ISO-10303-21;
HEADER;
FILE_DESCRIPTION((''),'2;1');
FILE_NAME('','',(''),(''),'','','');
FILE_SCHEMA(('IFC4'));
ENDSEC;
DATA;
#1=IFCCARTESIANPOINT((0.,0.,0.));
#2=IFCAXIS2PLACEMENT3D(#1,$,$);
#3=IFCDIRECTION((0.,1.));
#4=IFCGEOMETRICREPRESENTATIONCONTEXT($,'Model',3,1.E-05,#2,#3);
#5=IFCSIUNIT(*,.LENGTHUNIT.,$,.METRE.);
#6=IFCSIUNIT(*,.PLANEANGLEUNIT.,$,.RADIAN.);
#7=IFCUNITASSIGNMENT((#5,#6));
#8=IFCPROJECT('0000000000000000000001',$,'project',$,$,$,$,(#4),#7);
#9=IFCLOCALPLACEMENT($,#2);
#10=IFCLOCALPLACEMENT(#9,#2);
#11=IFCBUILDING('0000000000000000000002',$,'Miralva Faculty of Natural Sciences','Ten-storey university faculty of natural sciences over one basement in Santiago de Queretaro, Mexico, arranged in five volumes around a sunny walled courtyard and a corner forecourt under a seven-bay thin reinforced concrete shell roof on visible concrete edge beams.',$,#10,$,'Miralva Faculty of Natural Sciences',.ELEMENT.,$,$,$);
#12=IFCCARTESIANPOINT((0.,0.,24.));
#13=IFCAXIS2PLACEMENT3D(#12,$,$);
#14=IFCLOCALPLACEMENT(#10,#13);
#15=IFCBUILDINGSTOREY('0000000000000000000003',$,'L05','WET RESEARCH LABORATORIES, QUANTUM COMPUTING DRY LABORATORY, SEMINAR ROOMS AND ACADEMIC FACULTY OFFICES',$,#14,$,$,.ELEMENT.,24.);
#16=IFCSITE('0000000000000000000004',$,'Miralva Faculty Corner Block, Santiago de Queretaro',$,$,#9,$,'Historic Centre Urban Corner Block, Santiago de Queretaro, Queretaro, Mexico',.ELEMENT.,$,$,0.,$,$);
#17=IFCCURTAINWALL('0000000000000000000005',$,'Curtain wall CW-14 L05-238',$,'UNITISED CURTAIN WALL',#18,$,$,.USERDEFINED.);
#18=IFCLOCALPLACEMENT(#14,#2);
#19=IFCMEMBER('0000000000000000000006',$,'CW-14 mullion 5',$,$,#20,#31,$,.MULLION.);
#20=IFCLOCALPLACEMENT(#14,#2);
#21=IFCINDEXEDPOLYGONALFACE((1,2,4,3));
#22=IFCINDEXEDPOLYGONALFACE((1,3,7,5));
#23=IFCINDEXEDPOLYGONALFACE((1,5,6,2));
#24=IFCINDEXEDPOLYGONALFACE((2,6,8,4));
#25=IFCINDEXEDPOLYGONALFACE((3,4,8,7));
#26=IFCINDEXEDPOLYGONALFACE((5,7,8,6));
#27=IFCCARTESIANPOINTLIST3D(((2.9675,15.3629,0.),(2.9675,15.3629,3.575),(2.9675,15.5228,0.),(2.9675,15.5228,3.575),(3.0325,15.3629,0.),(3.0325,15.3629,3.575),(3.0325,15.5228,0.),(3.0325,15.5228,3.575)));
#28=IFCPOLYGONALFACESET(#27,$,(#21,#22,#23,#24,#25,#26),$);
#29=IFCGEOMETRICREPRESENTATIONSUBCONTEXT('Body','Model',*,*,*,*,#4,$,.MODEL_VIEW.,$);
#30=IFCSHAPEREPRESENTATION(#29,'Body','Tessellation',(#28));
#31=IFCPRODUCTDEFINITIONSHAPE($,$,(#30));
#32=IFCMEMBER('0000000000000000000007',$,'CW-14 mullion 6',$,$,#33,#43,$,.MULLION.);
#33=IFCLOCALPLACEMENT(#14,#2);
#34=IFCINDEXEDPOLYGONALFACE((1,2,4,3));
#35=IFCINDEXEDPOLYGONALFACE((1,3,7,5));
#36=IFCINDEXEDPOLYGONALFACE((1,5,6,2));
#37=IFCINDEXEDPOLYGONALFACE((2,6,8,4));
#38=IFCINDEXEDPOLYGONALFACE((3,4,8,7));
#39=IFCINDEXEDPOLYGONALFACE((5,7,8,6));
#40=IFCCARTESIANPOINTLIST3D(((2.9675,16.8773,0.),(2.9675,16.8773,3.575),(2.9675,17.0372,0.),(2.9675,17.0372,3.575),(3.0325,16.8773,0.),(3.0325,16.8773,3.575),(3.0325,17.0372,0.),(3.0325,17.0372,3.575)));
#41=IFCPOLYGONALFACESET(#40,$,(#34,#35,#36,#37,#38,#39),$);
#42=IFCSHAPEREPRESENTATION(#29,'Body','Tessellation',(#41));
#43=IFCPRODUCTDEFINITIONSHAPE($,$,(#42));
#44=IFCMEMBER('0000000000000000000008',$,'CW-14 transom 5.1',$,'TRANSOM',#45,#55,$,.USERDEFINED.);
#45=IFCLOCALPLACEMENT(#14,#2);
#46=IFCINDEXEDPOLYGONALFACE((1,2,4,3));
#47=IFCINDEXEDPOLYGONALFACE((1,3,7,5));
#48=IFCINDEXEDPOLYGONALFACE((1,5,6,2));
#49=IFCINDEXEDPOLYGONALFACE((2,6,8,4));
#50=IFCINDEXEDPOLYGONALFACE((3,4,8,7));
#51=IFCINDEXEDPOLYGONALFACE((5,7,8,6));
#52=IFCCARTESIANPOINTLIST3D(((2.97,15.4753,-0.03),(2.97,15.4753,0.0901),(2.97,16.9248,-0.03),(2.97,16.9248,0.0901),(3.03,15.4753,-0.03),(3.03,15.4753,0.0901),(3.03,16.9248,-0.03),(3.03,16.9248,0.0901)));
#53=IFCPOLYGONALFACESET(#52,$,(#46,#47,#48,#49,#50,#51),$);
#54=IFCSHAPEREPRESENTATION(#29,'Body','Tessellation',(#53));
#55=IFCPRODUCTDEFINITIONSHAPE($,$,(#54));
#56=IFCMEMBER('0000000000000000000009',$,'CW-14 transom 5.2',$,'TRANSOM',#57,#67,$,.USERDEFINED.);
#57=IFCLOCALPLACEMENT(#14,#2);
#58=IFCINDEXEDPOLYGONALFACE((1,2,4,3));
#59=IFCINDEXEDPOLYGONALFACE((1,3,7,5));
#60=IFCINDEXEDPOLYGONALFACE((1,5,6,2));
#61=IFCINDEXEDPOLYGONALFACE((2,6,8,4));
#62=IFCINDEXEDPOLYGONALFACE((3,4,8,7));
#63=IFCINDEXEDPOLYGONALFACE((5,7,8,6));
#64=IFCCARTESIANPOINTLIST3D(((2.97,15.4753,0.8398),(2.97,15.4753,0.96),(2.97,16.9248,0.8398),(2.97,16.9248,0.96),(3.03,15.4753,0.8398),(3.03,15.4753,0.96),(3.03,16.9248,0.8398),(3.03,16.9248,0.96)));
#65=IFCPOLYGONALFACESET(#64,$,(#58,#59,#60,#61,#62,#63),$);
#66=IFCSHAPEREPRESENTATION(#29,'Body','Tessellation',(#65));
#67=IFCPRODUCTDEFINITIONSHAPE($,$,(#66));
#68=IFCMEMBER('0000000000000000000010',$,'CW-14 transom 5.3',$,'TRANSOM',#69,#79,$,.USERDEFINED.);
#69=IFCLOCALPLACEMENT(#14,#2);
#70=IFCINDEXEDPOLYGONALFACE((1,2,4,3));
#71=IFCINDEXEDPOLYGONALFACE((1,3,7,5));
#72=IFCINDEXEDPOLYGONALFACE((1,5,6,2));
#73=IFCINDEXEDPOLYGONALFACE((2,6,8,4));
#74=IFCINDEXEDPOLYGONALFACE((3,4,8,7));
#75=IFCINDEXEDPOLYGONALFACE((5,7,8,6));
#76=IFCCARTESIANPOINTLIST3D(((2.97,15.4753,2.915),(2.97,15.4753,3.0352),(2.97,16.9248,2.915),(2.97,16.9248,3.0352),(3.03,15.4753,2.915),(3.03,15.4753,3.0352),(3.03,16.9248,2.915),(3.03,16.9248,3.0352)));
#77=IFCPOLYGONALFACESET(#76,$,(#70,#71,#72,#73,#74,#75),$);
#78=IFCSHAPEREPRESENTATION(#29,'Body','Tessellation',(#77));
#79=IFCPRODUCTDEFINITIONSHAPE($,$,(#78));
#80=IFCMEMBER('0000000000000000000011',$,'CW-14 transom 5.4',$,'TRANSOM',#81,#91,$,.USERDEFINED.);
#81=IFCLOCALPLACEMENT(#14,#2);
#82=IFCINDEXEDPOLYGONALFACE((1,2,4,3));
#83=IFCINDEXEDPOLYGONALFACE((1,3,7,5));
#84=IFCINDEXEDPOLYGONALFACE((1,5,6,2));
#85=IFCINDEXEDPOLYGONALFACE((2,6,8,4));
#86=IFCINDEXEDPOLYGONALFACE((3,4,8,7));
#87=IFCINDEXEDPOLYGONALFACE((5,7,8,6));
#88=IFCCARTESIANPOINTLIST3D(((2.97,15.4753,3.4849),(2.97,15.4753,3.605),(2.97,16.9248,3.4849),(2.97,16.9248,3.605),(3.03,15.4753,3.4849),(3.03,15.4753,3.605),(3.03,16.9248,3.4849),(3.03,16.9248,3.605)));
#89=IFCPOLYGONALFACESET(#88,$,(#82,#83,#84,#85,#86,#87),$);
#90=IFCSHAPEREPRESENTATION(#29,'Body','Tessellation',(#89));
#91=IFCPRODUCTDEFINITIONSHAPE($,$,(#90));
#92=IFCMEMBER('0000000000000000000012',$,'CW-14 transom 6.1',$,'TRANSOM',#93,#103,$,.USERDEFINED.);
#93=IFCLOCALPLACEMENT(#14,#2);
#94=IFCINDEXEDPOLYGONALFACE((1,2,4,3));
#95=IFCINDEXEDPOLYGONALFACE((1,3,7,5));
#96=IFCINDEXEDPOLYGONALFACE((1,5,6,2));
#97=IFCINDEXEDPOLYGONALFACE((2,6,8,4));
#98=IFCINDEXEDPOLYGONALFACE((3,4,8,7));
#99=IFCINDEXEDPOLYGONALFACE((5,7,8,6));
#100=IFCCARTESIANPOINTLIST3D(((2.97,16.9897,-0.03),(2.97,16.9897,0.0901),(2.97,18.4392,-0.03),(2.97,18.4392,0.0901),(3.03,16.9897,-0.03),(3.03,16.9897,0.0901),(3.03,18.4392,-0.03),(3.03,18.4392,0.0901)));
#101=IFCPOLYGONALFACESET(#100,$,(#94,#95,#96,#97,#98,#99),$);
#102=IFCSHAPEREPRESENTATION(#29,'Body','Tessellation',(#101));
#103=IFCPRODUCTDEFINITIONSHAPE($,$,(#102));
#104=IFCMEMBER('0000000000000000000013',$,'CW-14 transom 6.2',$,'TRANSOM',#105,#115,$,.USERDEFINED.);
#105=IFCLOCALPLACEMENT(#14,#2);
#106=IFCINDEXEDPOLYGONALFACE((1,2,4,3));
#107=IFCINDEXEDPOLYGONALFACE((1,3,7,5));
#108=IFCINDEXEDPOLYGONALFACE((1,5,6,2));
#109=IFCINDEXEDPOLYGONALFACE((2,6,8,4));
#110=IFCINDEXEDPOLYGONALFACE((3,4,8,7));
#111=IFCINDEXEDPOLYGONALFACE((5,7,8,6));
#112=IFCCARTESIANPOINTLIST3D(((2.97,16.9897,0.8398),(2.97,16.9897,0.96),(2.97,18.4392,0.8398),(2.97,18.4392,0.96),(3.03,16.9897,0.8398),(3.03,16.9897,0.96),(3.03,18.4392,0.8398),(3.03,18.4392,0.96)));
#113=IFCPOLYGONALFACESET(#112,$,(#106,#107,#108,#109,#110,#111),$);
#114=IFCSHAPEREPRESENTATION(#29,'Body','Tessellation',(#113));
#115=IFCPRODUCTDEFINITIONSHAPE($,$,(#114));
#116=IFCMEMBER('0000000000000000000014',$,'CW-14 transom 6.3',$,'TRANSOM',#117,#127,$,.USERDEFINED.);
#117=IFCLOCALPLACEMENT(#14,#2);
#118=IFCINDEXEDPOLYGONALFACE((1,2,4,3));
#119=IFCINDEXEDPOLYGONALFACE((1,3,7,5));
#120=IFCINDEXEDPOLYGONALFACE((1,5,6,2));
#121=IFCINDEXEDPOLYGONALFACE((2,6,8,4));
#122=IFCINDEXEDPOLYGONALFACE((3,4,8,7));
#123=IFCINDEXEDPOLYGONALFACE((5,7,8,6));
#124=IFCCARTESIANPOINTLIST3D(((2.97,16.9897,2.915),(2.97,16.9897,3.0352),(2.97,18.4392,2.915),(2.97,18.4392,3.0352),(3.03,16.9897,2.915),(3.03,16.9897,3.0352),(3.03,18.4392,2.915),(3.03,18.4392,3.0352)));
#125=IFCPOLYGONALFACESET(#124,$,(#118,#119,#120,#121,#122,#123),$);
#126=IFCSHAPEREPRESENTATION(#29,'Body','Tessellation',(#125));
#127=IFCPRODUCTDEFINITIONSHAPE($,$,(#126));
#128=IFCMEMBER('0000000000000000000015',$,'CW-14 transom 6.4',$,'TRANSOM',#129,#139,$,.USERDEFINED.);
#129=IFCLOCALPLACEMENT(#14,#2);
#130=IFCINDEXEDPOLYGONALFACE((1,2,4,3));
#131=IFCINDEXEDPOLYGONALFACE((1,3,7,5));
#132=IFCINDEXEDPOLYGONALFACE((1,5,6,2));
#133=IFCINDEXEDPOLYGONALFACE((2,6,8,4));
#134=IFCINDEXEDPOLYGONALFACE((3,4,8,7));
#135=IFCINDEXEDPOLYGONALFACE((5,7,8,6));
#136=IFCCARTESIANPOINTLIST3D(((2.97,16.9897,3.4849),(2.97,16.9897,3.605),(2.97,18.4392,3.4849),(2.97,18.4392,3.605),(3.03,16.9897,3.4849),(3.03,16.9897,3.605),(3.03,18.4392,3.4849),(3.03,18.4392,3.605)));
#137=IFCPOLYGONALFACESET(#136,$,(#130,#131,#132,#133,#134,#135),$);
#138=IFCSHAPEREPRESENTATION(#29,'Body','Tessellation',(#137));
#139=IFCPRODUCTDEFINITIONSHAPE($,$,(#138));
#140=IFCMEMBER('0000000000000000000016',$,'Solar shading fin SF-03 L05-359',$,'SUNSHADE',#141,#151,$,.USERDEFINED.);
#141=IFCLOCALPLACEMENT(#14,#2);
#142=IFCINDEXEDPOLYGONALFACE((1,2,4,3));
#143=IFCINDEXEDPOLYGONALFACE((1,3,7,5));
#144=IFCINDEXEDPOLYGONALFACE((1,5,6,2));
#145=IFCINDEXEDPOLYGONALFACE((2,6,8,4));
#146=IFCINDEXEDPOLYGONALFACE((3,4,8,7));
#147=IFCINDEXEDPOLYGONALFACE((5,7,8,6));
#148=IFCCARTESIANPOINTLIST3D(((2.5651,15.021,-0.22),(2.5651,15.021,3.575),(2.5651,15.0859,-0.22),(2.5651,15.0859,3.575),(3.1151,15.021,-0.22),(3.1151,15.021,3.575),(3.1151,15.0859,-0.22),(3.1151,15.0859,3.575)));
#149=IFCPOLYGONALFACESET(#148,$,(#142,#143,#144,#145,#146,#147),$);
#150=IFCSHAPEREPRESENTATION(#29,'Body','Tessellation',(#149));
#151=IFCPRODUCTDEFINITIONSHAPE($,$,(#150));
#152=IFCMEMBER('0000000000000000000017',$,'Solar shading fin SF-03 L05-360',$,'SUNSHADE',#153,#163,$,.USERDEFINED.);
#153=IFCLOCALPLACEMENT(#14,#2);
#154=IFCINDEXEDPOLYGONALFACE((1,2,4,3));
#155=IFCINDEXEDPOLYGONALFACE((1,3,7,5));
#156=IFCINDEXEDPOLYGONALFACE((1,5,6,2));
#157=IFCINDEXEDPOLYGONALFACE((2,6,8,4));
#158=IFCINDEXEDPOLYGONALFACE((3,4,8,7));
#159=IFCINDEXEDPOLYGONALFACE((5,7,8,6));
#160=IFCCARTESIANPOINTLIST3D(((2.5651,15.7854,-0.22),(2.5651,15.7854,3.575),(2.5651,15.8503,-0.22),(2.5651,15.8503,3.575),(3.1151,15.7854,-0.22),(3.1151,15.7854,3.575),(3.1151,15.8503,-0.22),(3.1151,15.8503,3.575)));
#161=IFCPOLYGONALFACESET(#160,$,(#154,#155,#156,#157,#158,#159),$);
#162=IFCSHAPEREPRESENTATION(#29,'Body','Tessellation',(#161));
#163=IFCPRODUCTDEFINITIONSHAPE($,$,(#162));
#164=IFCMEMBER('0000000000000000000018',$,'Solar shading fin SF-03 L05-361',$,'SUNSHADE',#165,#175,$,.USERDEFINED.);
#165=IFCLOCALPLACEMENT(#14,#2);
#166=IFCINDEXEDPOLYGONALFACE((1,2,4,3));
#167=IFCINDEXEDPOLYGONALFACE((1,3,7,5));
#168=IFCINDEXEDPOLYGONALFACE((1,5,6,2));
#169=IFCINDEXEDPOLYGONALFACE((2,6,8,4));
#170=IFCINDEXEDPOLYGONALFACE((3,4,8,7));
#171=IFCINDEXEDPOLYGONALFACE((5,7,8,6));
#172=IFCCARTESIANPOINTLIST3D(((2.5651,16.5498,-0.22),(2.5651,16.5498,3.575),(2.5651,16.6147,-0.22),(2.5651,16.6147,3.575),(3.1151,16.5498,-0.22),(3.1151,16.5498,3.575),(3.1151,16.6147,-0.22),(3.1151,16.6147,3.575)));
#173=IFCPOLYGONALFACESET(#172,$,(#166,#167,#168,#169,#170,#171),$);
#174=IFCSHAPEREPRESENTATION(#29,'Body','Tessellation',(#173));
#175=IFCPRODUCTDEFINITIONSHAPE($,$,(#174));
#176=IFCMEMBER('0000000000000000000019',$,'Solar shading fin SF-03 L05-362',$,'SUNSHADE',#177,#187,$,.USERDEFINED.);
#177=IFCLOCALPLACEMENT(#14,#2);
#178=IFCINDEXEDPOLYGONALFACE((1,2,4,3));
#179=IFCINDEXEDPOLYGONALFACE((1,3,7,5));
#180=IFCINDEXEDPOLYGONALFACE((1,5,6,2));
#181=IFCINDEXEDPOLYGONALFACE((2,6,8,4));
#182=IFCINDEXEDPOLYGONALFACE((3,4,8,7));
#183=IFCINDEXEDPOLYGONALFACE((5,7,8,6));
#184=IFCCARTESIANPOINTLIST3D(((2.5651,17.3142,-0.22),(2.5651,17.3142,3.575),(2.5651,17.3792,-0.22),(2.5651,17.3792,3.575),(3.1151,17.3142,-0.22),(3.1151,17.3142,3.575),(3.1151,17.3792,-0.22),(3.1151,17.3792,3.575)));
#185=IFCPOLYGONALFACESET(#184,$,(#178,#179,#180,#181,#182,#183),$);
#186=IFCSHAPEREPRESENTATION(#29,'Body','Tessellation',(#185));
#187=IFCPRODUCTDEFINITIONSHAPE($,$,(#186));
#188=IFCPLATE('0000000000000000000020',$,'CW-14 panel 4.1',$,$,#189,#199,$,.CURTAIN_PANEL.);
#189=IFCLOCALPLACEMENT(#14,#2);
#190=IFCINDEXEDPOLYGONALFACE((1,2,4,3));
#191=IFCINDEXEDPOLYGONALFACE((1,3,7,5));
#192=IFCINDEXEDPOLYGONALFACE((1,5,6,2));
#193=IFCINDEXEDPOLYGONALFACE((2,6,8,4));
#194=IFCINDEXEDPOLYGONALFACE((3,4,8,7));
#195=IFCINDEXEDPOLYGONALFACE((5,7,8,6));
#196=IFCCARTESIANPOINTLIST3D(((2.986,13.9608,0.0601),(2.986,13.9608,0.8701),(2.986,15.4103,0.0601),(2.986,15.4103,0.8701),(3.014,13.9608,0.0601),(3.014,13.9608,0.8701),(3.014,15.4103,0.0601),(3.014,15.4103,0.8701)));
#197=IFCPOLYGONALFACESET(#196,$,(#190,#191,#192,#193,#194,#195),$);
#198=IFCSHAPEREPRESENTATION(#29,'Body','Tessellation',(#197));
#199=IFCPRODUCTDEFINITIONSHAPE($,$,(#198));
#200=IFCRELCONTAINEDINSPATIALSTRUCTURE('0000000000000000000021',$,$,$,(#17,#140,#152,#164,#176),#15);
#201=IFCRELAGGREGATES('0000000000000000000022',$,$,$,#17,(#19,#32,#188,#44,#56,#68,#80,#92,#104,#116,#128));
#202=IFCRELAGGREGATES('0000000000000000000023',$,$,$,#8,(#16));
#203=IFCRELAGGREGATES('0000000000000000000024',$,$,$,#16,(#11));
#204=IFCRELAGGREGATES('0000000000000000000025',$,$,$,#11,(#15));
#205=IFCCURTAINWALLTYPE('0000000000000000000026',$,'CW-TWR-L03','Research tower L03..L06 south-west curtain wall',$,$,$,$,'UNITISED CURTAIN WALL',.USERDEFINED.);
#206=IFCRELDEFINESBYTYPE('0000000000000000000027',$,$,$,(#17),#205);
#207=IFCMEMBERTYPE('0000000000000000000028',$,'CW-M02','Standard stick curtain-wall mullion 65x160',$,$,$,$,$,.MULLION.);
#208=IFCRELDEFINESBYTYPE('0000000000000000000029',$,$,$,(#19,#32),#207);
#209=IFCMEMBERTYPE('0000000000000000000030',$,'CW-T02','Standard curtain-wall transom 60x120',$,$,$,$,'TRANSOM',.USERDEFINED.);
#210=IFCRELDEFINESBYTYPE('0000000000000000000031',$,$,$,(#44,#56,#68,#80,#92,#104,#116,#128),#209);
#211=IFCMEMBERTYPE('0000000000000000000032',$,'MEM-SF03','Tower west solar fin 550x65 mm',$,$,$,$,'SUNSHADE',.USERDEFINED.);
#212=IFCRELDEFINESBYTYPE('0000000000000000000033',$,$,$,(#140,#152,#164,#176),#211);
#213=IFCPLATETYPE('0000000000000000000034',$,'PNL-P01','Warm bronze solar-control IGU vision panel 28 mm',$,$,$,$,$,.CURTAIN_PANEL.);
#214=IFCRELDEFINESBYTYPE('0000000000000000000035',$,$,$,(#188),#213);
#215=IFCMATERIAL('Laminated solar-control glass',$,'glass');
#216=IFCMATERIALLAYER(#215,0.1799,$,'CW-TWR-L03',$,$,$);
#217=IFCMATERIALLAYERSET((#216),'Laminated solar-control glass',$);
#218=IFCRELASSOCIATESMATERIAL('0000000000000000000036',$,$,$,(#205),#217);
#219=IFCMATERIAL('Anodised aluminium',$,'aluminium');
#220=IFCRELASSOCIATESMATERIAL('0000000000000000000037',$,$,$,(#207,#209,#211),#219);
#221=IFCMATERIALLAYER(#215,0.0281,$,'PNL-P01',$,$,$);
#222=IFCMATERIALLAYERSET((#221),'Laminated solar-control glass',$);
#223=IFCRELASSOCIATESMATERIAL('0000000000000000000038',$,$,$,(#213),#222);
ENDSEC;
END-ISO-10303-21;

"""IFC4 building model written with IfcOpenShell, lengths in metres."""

from ifc_helpers import new_model, si_unit, direction, frame, origin, origin_2d, place, context, subcontext, project, spatial, rectangle, extrude, material, layer, layer_set, material_profile, profile_set, type_object, element, aggregate, save


model = new_model("IFC4")

# Units and contexts
model_context = context("Model", 3, precision=1e-05, world=origin(), true_north=direction((0.0, 1.0)))
body_context = subcontext(model_context, "Body", "Model", "MODEL_VIEW")
ifc_project = project(units=[si_unit("LENGTHUNIT", "METRE"), si_unit("PLANEANGLEUNIT", "RADIAN")], contexts=[model_context])

# Site, building, storey
site_placement = place(None, origin())
site = spatial("IfcSite", under=ifc_project, at=site_placement, Name="Miralva Faculty Corner Block, Santiago de Queretaro", LongName="Historic Centre Urban Corner Block, Santiago de Queretaro, Queretaro, Mexico", CompositionType="ELEMENT", RefElevation=0.0)
building_placement = place(site_placement, origin())
building = spatial("IfcBuilding", under=site, at=building_placement, Name="Miralva Faculty of Natural Sciences", Description="Ten-storey university faculty of natural sciences over one basement in Santiago de Queretaro, Mexico, arranged in five volumes around a sunny walled courtyard and a corner forecourt under a seven-bay thin reinforced concrete shell roof on visible concrete edge beams.", LongName="Miralva Faculty of Natural Sciences", CompositionType="ELEMENT")
storey_placement = place(building_placement, frame((0.0, 0.0, 24.0)))
storey = spatial("IfcBuildingStorey", under=building, at=storey_placement, Name="L05", Description="WET RESEARCH LABORATORIES, QUANTUM COMPUTING DRY LABORATORY, SEMINAR ROOMS AND ACADEMIC FACULTY OFFICES", CompositionType="ELEMENT", Elevation=24.0)

# Curtain wall, members
ifc_material_1 = material(Name="Laminated solar-control glass", Category="glass")
ifc_layer_1 = layer(ifc_material_1, 0.1799, Name="CW-TWR-L03")
ifc_layer_set_1 = layer_set([ifc_layer_1], Name="Laminated solar-control glass")
curtain_wall_type = type_object("IfcCurtainWallType", Name="CW-TWR-L03", Description="Research tower L03..L06 south-west curtain wall", ElementType="UNITISED CURTAIN WALL", PredefinedType="USERDEFINED", material=ifc_layer_set_1)
curtain_wall_placement = place(storey_placement, origin())
curtain_wall = element("IfcCurtainWall", 1, at=curtain_wall_placement, inside=storey, type_object=curtain_wall_type, Name="Curtain wall CW-14 L05-238", ObjectType="UNITISED CURTAIN WALL", PredefinedType="USERDEFINED")
ifc_material_2 = material(Name="Anodised aluminium", Category="aluminium")
ifc_material_profile_1 = material_profile(ifc_material_2, rectangle(XDim=0.0649, YDim=0.1599, at=origin_2d()), Name="MULLION 65x160")
ifc_profile_set_1 = profile_set([ifc_material_profile_1], Name="Anodised aluminium")
member_type_1 = type_object("IfcMemberType", Name="CW-M02", Description="Standard stick curtain-wall mullion 65x160", PredefinedType="MULLION", material=ifc_profile_set_1)
member_1_placement = place(storey_placement, frame((3.0, 15.4429, 0.0), z_axis=(0.0, 0.0, 1.0), x_axis=(-1.0, 0.0, 0.0)))
member_1 = element("IfcMember", 2, at=member_1_placement, type_object=member_type_1, Name="CW-14 mullion 5", PredefinedType="MULLION", context=body_context, shape_type="SweptSolid", body=[
    extrude(rectangle(XDim=0.0649, YDim=0.1599, at=origin_2d()), origin(), (0.0, 0.0, 1.0), 3.575),
])
member_2_placement = place(storey_placement, frame((3.0, 16.9573, 0.0), z_axis=(0.0, 0.0, 1.0), x_axis=(-1.0, 0.0, 0.0)))
member_2 = element("IfcMember", 3, at=member_2_placement, type_object=member_type_1, Name="CW-14 mullion 6", PredefinedType="MULLION", context=body_context, shape_type="SweptSolid", body=[
    extrude(rectangle(XDim=0.0649, YDim=0.1599, at=origin_2d()), origin(), (0.0, 0.0, 1.0), 3.575),
])
ifc_material_profile_2 = material_profile(ifc_material_2, rectangle(XDim=0.0601, YDim=0.1201, at=origin_2d()), Name="TRANSOM 60x120")
ifc_profile_set_2 = profile_set([ifc_material_profile_2], Name="Anodised aluminium")
member_type_2 = type_object("IfcMemberType", Name="CW-T02", Description="Standard curtain-wall transom 60x120", ElementType="TRANSOM", PredefinedType="USERDEFINED", material=ifc_profile_set_2)
member_3_placement = place(storey_placement, frame((3.0, 15.4753, 0.03), z_axis=(0.0, 1.0, 0.0), x_axis=(-1.0, 0.0, 0.0)))
member_3 = element("IfcMember", 4, at=member_3_placement, type_object=member_type_2, Name="CW-14 transom 5.1", ObjectType="TRANSOM", PredefinedType="USERDEFINED", context=body_context, shape_type="SweptSolid", body=[
    extrude(rectangle(XDim=0.0601, YDim=0.1201, at=origin_2d()), origin(), (0.0, 0.0, 1.0), 1.4495),
])
member_4_placement = place(storey_placement, frame((3.0, 15.4753, 0.8999), z_axis=(0.0, 1.0, 0.0), x_axis=(-1.0, 0.0, 0.0)))
member_4 = element("IfcMember", 5, at=member_4_placement, type_object=member_type_2, Name="CW-14 transom 5.2", ObjectType="TRANSOM", PredefinedType="USERDEFINED", context=body_context, shape_type="SweptSolid", body=[
    extrude(rectangle(XDim=0.0601, YDim=0.1201, at=origin_2d()), origin(), (0.0, 0.0, 1.0), 1.4495),
])
member_5_placement = place(storey_placement, frame((3.0, 15.4753, 2.9751), z_axis=(0.0, 1.0, 0.0), x_axis=(-1.0, 0.0, 0.0)))
member_5 = element("IfcMember", 6, at=member_5_placement, type_object=member_type_2, Name="CW-14 transom 5.3", ObjectType="TRANSOM", PredefinedType="USERDEFINED", context=body_context, shape_type="SweptSolid", body=[
    extrude(rectangle(XDim=0.0601, YDim=0.1201, at=origin_2d()), origin(), (0.0, 0.0, 1.0), 1.4495),
])
member_6_placement = place(storey_placement, frame((3.0, 15.4753, 3.5449), z_axis=(0.0, 1.0, 0.0), x_axis=(-1.0, 0.0, 0.0)))
member_6 = element("IfcMember", 7, at=member_6_placement, type_object=member_type_2, Name="CW-14 transom 5.4", ObjectType="TRANSOM", PredefinedType="USERDEFINED", context=body_context, shape_type="SweptSolid", body=[
    extrude(rectangle(XDim=0.0601, YDim=0.1201, at=origin_2d()), origin(), (0.0, 0.0, 1.0), 1.4495),
])
member_7_placement = place(storey_placement, frame((3.0, 16.9897, 0.03), z_axis=(0.0, 1.0, 0.0), x_axis=(-1.0, 0.0, 0.0)))
member_7 = element("IfcMember", 8, at=member_7_placement, type_object=member_type_2, Name="CW-14 transom 6.1", ObjectType="TRANSOM", PredefinedType="USERDEFINED", context=body_context, shape_type="SweptSolid", body=[
    extrude(rectangle(XDim=0.0601, YDim=0.1201, at=origin_2d()), origin(), (0.0, 0.0, 1.0), 1.4495),
])
member_8_placement = place(storey_placement, frame((3.0, 16.9897, 0.8999), z_axis=(0.0, 1.0, 0.0), x_axis=(-1.0, 0.0, 0.0)))
member_8 = element("IfcMember", 9, at=member_8_placement, type_object=member_type_2, Name="CW-14 transom 6.2", ObjectType="TRANSOM", PredefinedType="USERDEFINED", context=body_context, shape_type="SweptSolid", body=[
    extrude(rectangle(XDim=0.0601, YDim=0.1201, at=origin_2d()), origin(), (0.0, 0.0, 1.0), 1.4495),
])
member_9_placement = place(storey_placement, frame((3.0, 16.9897, 2.9751), z_axis=(0.0, 1.0, 0.0), x_axis=(-1.0, 0.0, 0.0)))
member_9 = element("IfcMember", 10, at=member_9_placement, type_object=member_type_2, Name="CW-14 transom 6.3", ObjectType="TRANSOM", PredefinedType="USERDEFINED", context=body_context, shape_type="SweptSolid", body=[
    extrude(rectangle(XDim=0.0601, YDim=0.1201, at=origin_2d()), origin(), (0.0, 0.0, 1.0), 1.4495),
])
member_10_placement = place(storey_placement, frame((3.0, 16.9897, 3.5449), z_axis=(0.0, 1.0, 0.0), x_axis=(-1.0, 0.0, 0.0)))
member_10 = element("IfcMember", 11, at=member_10_placement, type_object=member_type_2, Name="CW-14 transom 6.4", ObjectType="TRANSOM", PredefinedType="USERDEFINED", context=body_context, shape_type="SweptSolid", body=[
    extrude(rectangle(XDim=0.0601, YDim=0.1201, at=origin_2d()), origin(), (0.0, 0.0, 1.0), 1.4495),
])

# Members
ifc_material_profile_3 = material_profile(ifc_material_2, rectangle(XDim=0.0649, YDim=0.55, at=origin_2d()), Name="FIN 550x65")
ifc_profile_set_3 = profile_set([ifc_material_profile_3], Name="Anodised aluminium")
member_type_3 = type_object("IfcMemberType", Name="MEM-SF03", Description="Tower west solar fin 550x65 mm", ElementType="SUNSHADE", PredefinedType="USERDEFINED", material=ifc_profile_set_3)
for number, where, z_axis, x_axis, name in (
    (12, (2.8401, 15.0535, -0.22), (0.0, 0.0, 1.0), (0.0, -1.0, 0.0), "Solar shading fin SF-03 L05-359"),
    (13, (2.8401, 15.8179, -0.22), (0.0, 0.0, 1.0), (0.0, -1.0, 0.0), "Solar shading fin SF-03 L05-360"),
    (14, (2.8401, 16.5823, -0.22), (0.0, 0.0, 1.0), (0.0, -1.0, 0.0), "Solar shading fin SF-03 L05-361"),
    (15, (2.8401, 17.3467, -0.22), (0.0, 0.0, 1.0), (0.0, -1.0, 0.0), "Solar shading fin SF-03 L05-362"),
):
    element("IfcMember", number, at=place(storey_placement, frame(where, z_axis=z_axis, x_axis=x_axis)), inside=storey, type_object=member_type_3, Name=name, ObjectType="SUNSHADE", PredefinedType="USERDEFINED", context=body_context, shape_type="SweptSolid", body=[
        extrude(rectangle(XDim=0.0649, YDim=0.55, at=origin_2d()), origin(), (0.0, 0.0, 1.0), 3.7949),
    ])

# Plate
ifc_layer_2 = layer(ifc_material_1, 0.0281, Name="PNL-P01")
ifc_layer_set_2 = layer_set([ifc_layer_2], Name="Laminated solar-control glass")
plate_type = type_object("IfcPlateType", Name="PNL-P01", Description="Warm bronze solar-control IGU vision panel 28 mm", PredefinedType="CURTAIN_PANEL", material=ifc_layer_set_2)
plate_1_placement = place(storey_placement, frame((3.0, 14.6855, 0.0601), z_axis=(0.0, 0.0, 1.0), x_axis=(0.0, 1.0, 0.0)))
plate_1 = element("IfcPlate", 16, at=plate_1_placement, type_object=plate_type, Name="CW-14 panel 4.1", PredefinedType="CURTAIN_PANEL", context=body_context, shape_type="SweptSolid", body=[
    extrude(rectangle(XDim=1.4495, YDim=0.0281, at=origin_2d()), origin(), (0.0, 0.0, 1.0), 0.8101),
])
aggregate(curtain_wall, [member_1, member_2, plate_1, member_3, member_4, member_5, member_6, member_7, member_8, member_9, member_10])

save(model, "model.ifc")
